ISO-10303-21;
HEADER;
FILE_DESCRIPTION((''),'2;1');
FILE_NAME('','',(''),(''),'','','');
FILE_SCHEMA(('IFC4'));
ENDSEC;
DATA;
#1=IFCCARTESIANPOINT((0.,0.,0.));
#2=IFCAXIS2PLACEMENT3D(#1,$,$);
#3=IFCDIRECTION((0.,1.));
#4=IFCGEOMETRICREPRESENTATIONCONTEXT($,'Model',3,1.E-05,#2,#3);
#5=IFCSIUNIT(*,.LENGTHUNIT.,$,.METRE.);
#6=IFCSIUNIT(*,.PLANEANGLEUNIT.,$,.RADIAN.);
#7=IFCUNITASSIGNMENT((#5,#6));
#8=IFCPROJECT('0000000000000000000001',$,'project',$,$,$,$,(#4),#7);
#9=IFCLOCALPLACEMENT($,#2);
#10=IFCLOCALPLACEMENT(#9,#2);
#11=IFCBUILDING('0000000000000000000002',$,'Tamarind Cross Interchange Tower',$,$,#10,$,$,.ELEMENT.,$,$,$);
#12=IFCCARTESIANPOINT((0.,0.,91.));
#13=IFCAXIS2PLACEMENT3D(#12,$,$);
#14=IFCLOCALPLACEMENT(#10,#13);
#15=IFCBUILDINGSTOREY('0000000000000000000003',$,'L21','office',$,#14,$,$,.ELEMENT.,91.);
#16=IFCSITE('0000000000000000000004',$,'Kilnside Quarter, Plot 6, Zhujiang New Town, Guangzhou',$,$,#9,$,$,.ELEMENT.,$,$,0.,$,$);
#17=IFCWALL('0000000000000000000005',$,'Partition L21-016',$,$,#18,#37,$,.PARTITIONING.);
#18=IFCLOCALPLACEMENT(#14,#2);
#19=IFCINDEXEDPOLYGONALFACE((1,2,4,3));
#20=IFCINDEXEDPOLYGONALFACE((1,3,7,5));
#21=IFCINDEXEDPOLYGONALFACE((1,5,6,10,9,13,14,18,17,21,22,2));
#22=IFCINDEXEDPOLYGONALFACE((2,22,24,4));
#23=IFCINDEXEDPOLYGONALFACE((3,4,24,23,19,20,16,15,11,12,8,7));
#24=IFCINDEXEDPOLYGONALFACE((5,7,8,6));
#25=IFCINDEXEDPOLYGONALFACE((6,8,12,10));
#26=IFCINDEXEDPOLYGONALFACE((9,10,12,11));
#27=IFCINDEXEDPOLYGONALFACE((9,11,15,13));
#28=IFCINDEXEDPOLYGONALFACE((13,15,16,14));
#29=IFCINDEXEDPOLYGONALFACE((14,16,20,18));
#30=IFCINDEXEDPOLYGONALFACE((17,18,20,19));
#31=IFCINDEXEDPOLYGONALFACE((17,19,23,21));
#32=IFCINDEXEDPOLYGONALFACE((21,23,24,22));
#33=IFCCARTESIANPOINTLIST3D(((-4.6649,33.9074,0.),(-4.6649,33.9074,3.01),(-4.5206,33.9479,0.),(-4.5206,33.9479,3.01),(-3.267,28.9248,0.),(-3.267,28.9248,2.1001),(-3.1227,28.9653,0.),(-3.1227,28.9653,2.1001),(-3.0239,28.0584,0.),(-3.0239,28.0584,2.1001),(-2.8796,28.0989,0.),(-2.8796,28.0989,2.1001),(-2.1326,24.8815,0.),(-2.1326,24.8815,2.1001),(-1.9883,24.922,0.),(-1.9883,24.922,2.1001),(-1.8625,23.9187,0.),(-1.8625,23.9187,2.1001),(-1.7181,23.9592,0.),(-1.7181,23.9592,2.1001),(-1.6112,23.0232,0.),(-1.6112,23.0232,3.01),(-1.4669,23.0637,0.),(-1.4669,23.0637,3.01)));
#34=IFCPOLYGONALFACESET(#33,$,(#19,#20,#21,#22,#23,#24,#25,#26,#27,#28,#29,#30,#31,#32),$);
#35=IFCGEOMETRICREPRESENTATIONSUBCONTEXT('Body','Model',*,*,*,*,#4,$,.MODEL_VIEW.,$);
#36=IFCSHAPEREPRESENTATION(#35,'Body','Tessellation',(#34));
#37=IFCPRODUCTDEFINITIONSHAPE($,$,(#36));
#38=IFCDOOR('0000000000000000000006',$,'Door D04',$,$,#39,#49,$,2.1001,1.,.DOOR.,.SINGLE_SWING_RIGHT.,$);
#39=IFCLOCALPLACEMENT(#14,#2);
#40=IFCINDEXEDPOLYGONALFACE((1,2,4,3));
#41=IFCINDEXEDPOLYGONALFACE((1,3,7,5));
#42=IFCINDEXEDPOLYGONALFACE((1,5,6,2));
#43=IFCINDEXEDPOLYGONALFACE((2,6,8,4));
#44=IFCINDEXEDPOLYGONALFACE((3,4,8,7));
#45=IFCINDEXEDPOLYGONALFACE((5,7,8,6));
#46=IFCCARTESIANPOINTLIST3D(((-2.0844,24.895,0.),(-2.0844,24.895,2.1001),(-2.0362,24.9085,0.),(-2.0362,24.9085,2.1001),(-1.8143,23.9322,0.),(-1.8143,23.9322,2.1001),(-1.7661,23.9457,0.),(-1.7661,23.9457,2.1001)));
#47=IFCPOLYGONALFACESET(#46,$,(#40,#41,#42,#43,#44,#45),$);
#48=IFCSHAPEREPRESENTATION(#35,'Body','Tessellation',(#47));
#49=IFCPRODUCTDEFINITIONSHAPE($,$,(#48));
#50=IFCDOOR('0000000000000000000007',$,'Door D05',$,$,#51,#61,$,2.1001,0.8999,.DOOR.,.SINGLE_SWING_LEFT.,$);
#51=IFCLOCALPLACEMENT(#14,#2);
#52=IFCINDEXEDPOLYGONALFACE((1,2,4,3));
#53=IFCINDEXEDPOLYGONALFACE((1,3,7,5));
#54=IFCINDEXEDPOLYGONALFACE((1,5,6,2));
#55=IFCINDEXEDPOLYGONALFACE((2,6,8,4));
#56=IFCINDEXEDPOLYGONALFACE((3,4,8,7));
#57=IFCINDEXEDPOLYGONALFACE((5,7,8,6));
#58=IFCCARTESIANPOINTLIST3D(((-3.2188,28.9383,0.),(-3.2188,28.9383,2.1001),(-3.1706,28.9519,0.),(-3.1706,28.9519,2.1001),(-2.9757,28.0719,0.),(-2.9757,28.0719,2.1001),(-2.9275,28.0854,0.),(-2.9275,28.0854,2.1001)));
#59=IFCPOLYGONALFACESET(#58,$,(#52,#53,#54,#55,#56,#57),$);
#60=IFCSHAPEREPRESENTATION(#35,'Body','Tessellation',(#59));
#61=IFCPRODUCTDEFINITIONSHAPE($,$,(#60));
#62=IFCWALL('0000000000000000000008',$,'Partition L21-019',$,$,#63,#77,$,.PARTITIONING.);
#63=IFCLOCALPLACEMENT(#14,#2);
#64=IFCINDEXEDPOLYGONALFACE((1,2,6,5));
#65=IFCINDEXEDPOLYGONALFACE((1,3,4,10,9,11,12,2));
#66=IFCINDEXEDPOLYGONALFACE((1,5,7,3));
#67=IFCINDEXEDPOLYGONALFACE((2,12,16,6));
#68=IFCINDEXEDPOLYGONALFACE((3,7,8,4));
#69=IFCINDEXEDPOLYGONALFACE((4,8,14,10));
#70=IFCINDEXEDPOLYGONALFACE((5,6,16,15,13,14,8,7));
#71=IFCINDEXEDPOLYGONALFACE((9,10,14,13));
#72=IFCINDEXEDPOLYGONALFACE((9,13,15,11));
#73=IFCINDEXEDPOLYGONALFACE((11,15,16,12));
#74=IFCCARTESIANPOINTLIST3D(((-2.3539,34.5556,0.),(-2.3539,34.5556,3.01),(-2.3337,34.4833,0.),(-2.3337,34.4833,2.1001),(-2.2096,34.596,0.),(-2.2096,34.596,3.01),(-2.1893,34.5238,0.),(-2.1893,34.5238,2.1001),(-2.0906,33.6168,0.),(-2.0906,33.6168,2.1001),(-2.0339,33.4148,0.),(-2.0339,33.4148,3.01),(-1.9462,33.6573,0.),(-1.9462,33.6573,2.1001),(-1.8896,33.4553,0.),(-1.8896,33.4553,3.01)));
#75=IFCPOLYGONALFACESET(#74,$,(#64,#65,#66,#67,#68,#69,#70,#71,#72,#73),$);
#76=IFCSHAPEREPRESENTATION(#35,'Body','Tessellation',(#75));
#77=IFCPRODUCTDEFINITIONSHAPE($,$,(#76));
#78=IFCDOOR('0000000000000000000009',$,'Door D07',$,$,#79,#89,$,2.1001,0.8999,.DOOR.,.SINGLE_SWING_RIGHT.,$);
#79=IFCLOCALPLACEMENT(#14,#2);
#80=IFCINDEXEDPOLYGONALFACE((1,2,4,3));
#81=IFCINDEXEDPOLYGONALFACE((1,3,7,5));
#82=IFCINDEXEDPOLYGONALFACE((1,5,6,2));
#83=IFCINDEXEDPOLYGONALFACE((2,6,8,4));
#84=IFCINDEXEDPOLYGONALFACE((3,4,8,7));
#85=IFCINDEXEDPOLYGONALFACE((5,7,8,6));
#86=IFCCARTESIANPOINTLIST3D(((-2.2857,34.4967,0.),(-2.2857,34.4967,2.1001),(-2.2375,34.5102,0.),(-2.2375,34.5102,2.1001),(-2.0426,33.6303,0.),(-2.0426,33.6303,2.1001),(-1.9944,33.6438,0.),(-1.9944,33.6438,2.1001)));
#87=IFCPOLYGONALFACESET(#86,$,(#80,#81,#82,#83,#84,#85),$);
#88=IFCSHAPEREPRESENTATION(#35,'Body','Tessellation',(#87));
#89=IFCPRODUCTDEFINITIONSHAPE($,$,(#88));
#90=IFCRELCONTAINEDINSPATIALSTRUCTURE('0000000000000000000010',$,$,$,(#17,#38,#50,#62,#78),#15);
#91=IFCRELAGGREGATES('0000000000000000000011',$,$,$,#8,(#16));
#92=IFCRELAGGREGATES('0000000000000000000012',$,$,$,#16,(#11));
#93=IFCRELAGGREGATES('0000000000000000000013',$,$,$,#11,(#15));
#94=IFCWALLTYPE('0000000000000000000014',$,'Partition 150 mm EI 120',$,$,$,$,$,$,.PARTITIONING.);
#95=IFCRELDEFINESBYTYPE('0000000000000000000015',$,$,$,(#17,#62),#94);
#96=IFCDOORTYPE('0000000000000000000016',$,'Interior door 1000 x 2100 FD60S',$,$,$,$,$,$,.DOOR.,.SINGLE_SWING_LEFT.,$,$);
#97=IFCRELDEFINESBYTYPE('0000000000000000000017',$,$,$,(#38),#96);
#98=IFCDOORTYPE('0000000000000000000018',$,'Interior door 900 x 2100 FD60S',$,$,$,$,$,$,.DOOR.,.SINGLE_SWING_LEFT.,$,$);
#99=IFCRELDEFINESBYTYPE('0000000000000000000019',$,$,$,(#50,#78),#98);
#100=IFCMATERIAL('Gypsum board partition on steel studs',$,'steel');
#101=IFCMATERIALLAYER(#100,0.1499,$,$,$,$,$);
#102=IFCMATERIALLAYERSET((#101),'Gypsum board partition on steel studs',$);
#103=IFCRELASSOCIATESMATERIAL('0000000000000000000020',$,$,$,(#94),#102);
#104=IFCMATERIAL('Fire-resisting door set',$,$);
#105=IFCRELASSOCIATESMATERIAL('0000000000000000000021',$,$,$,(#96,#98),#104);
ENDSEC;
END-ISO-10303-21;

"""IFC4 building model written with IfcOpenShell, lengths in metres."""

from ifc_helpers import new_model, si_unit, direction, frame, frame_2d, origin, place, context, subcontext, project, spatial, rectangle, extrude, material, layer, layer_set, type_object, element, fill, save


model = new_model("IFC4")

# Units and contexts
model_context = context("Model", 3, precision=1e-05, world=origin(), true_north=direction((0.0, 1.0)))
body_context = subcontext(model_context, "Body", "Model", "MODEL_VIEW")
ifc_project = project(units=[si_unit("LENGTHUNIT", "METRE"), si_unit("PLANEANGLEUNIT", "RADIAN")], contexts=[model_context])

# Site, building, storey
site_placement = place(None, origin())
site = spatial("IfcSite", under=ifc_project, at=site_placement, Name="Kilnside Quarter, Plot 6, Zhujiang New Town, Guangzhou", CompositionType="ELEMENT", RefElevation=0.0)
building_placement = place(site_placement, origin())
building = spatial("IfcBuilding", under=site, at=building_placement, Name="Tamarind Cross Interchange Tower", CompositionType="ELEMENT")
storey_placement = place(building_placement, frame((0.0, 0.0, 91.0)))
storey = spatial("IfcBuildingStorey", under=building, at=storey_placement, Name="L21", Description="office", CompositionType="ELEMENT", Elevation=91.0)

# Wall, openings, doors
ifc_material_1 = material(Name="Gypsum board partition on steel studs", Category="steel")
ifc_layer_1 = layer(ifc_material_1, 0.1499)
ifc_layer_set_1 = layer_set([ifc_layer_1], Name="Gypsum board partition on steel studs")
wall_type = type_object("IfcWallType", Name="Partition 150 mm EI 120", PredefinedType="PARTITIONING", material=ifc_layer_set_1)
wall_1_placement = place(storey_placement, frame((-4.5928, 33.9277, 0.0), z_axis=(0.0, 0.0, 1.0), x_axis=(0.270131, -0.962823, 0.0)))
wall_1 = element("IfcWall", 1, at=wall_1_placement, inside=storey, type_object=wall_type, Name="Partition L21-016", PredefinedType="PARTITIONING", context=body_context, shape_type="SweptSolid", body=[
    extrude(rectangle(XDim=11.3044, YDim=0.1499, at=frame_2d((5.6523, 0.0))), origin(), (0.0, 0.0, 1.0), 3.01),
])
opening_1_placement = place(wall_1_placement, frame((9.3745, 0.0, 0.0)))
opening_1 = element("IfcOpeningElement", 2, at=opening_1_placement, cuts=wall_1, PredefinedType="OPENING", context=body_context, shape_type="SweptSolid", body=[
    extrude(rectangle(XDim=1.0, YDim=2.1001, at=frame_2d((0.5, 1.05))), frame((0.0, 0.085, 0.0), z_axis=(0.0, -1.0, 0.0), x_axis=(1.0, 0.0, 0.0)), (0.0, 0.0, 1.0), 0.1699),
])
opening_2_placement = place(wall_1_placement, frame((5.175, 0.0, 0.0)))
opening_2 = element("IfcOpeningElement", 3, at=opening_2_placement, cuts=wall_1, PredefinedType="OPENING", context=body_context, shape_type="SweptSolid", body=[
    extrude(rectangle(XDim=0.8999, YDim=2.1001, at=frame_2d((0.45, 1.05))), frame((0.0, 0.085, 0.0), z_axis=(0.0, -1.0, 0.0), x_axis=(1.0, 0.0, 0.0)), (0.0, 0.0, 1.0), 0.1699),
])
ifc_material_2 = material(Name="Fire-resisting door set")
door_type_1 = type_object("IfcDoorType", Name="Interior door 1000 x 2100 FD60S", OperationType="SINGLE_SWING_LEFT", PredefinedType="DOOR", material=ifc_material_2)
door_1_placement = place(opening_1_placement, frame((1.0, 0.0, 0.0), z_axis=(0.0, 0.0, 1.0), x_axis=(-1.0, 0.0, 0.0)))
door_1 = element("IfcDoor", 4, at=door_1_placement, inside=storey, type_object=door_type_1, Name="Door D04", OperationType="SINGLE_SWING_RIGHT", OverallHeight=2.1001, OverallWidth=1.0, PredefinedType="DOOR", context=body_context, shape_type="SweptSolid", body=[
    extrude(rectangle(XDim=1.0, YDim=2.1001, at=frame_2d((0.5, 1.05))), frame((0.0, 0.0249, 0.0), z_axis=(0.0, -1.0, 0.0), x_axis=(1.0, 0.0, 0.0)), (0.0, 0.0, 1.0), 0.05),
])
fill(opening_1, door_1)
door_type_2 = type_object("IfcDoorType", Name="Interior door 900 x 2100 FD60S", OperationType="SINGLE_SWING_LEFT", PredefinedType="DOOR", material=ifc_material_2)
door_2_placement = place(opening_2_placement, frame((0.8999, 0.0, 0.0), z_axis=(0.0, 0.0, 1.0), x_axis=(-1.0, 0.0, 0.0)))
door_2 = element("IfcDoor", 5, at=door_2_placement, inside=storey, type_object=door_type_2, Name="Door D05", OperationType="SINGLE_SWING_LEFT", OverallHeight=2.1001, OverallWidth=0.8999, PredefinedType="DOOR", context=body_context, shape_type="SweptSolid", body=[
    extrude(rectangle(XDim=0.8999, YDim=2.1001, at=frame_2d((0.45, 1.05))), frame((0.0, 0.0249, 0.0), z_axis=(0.0, -1.0, 0.0), x_axis=(1.0, 0.0, 0.0)), (0.0, 0.0, 1.0), 0.05),
])
fill(opening_2, door_2)

# Wall, opening, door
wall_2_placement = place(storey_placement, frame((-2.2817, 34.5757, 0.0), z_axis=(0.0, 0.0, 1.0), x_axis=(0.270119, -0.962827, 0.0)))
wall_2 = element("IfcWall", 6, at=wall_2_placement, inside=storey, type_object=wall_type, Name="Partition L21-019", PredefinedType="PARTITIONING", context=body_context, shape_type="SweptSolid", body=[
    extrude(rectangle(XDim=1.1848, YDim=0.1499, at=frame_2d((0.5923, 0.0))), origin(), (0.0, 0.0, 1.0), 3.01),
])
opening_3_placement = place(wall_2_placement, frame((0.075, 0.0, 0.0)))
opening_3 = element("IfcOpeningElement", 7, at=opening_3_placement, cuts=wall_2, PredefinedType="OPENING", context=body_context, shape_type="SweptSolid", body=[
    extrude(rectangle(XDim=0.8999, YDim=2.1001, at=frame_2d((0.45, 1.05))), frame((0.0, 0.085, 0.0), z_axis=(0.0, -1.0, 0.0), x_axis=(1.0, 0.0, 0.0)), (0.0, 0.0, 1.0), 0.1699),
])
door_3_placement = place(opening_3_placement, origin())
door_3 = element("IfcDoor", 8, at=door_3_placement, inside=storey, type_object=door_type_2, Name="Door D07", OperationType="SINGLE_SWING_RIGHT", OverallHeight=2.1001, OverallWidth=0.8999, PredefinedType="DOOR", context=body_context, shape_type="SweptSolid", body=[
    extrude(rectangle(XDim=0.8999, YDim=2.1001, at=frame_2d((0.45, 1.05))), frame((0.0, 0.0249, 0.0), z_axis=(0.0, -1.0, 0.0), x_axis=(1.0, 0.0, 0.0)), (0.0, 0.0, 1.0), 0.05),
])
fill(opening_3, door_3)

save(model, "model.ifc")
